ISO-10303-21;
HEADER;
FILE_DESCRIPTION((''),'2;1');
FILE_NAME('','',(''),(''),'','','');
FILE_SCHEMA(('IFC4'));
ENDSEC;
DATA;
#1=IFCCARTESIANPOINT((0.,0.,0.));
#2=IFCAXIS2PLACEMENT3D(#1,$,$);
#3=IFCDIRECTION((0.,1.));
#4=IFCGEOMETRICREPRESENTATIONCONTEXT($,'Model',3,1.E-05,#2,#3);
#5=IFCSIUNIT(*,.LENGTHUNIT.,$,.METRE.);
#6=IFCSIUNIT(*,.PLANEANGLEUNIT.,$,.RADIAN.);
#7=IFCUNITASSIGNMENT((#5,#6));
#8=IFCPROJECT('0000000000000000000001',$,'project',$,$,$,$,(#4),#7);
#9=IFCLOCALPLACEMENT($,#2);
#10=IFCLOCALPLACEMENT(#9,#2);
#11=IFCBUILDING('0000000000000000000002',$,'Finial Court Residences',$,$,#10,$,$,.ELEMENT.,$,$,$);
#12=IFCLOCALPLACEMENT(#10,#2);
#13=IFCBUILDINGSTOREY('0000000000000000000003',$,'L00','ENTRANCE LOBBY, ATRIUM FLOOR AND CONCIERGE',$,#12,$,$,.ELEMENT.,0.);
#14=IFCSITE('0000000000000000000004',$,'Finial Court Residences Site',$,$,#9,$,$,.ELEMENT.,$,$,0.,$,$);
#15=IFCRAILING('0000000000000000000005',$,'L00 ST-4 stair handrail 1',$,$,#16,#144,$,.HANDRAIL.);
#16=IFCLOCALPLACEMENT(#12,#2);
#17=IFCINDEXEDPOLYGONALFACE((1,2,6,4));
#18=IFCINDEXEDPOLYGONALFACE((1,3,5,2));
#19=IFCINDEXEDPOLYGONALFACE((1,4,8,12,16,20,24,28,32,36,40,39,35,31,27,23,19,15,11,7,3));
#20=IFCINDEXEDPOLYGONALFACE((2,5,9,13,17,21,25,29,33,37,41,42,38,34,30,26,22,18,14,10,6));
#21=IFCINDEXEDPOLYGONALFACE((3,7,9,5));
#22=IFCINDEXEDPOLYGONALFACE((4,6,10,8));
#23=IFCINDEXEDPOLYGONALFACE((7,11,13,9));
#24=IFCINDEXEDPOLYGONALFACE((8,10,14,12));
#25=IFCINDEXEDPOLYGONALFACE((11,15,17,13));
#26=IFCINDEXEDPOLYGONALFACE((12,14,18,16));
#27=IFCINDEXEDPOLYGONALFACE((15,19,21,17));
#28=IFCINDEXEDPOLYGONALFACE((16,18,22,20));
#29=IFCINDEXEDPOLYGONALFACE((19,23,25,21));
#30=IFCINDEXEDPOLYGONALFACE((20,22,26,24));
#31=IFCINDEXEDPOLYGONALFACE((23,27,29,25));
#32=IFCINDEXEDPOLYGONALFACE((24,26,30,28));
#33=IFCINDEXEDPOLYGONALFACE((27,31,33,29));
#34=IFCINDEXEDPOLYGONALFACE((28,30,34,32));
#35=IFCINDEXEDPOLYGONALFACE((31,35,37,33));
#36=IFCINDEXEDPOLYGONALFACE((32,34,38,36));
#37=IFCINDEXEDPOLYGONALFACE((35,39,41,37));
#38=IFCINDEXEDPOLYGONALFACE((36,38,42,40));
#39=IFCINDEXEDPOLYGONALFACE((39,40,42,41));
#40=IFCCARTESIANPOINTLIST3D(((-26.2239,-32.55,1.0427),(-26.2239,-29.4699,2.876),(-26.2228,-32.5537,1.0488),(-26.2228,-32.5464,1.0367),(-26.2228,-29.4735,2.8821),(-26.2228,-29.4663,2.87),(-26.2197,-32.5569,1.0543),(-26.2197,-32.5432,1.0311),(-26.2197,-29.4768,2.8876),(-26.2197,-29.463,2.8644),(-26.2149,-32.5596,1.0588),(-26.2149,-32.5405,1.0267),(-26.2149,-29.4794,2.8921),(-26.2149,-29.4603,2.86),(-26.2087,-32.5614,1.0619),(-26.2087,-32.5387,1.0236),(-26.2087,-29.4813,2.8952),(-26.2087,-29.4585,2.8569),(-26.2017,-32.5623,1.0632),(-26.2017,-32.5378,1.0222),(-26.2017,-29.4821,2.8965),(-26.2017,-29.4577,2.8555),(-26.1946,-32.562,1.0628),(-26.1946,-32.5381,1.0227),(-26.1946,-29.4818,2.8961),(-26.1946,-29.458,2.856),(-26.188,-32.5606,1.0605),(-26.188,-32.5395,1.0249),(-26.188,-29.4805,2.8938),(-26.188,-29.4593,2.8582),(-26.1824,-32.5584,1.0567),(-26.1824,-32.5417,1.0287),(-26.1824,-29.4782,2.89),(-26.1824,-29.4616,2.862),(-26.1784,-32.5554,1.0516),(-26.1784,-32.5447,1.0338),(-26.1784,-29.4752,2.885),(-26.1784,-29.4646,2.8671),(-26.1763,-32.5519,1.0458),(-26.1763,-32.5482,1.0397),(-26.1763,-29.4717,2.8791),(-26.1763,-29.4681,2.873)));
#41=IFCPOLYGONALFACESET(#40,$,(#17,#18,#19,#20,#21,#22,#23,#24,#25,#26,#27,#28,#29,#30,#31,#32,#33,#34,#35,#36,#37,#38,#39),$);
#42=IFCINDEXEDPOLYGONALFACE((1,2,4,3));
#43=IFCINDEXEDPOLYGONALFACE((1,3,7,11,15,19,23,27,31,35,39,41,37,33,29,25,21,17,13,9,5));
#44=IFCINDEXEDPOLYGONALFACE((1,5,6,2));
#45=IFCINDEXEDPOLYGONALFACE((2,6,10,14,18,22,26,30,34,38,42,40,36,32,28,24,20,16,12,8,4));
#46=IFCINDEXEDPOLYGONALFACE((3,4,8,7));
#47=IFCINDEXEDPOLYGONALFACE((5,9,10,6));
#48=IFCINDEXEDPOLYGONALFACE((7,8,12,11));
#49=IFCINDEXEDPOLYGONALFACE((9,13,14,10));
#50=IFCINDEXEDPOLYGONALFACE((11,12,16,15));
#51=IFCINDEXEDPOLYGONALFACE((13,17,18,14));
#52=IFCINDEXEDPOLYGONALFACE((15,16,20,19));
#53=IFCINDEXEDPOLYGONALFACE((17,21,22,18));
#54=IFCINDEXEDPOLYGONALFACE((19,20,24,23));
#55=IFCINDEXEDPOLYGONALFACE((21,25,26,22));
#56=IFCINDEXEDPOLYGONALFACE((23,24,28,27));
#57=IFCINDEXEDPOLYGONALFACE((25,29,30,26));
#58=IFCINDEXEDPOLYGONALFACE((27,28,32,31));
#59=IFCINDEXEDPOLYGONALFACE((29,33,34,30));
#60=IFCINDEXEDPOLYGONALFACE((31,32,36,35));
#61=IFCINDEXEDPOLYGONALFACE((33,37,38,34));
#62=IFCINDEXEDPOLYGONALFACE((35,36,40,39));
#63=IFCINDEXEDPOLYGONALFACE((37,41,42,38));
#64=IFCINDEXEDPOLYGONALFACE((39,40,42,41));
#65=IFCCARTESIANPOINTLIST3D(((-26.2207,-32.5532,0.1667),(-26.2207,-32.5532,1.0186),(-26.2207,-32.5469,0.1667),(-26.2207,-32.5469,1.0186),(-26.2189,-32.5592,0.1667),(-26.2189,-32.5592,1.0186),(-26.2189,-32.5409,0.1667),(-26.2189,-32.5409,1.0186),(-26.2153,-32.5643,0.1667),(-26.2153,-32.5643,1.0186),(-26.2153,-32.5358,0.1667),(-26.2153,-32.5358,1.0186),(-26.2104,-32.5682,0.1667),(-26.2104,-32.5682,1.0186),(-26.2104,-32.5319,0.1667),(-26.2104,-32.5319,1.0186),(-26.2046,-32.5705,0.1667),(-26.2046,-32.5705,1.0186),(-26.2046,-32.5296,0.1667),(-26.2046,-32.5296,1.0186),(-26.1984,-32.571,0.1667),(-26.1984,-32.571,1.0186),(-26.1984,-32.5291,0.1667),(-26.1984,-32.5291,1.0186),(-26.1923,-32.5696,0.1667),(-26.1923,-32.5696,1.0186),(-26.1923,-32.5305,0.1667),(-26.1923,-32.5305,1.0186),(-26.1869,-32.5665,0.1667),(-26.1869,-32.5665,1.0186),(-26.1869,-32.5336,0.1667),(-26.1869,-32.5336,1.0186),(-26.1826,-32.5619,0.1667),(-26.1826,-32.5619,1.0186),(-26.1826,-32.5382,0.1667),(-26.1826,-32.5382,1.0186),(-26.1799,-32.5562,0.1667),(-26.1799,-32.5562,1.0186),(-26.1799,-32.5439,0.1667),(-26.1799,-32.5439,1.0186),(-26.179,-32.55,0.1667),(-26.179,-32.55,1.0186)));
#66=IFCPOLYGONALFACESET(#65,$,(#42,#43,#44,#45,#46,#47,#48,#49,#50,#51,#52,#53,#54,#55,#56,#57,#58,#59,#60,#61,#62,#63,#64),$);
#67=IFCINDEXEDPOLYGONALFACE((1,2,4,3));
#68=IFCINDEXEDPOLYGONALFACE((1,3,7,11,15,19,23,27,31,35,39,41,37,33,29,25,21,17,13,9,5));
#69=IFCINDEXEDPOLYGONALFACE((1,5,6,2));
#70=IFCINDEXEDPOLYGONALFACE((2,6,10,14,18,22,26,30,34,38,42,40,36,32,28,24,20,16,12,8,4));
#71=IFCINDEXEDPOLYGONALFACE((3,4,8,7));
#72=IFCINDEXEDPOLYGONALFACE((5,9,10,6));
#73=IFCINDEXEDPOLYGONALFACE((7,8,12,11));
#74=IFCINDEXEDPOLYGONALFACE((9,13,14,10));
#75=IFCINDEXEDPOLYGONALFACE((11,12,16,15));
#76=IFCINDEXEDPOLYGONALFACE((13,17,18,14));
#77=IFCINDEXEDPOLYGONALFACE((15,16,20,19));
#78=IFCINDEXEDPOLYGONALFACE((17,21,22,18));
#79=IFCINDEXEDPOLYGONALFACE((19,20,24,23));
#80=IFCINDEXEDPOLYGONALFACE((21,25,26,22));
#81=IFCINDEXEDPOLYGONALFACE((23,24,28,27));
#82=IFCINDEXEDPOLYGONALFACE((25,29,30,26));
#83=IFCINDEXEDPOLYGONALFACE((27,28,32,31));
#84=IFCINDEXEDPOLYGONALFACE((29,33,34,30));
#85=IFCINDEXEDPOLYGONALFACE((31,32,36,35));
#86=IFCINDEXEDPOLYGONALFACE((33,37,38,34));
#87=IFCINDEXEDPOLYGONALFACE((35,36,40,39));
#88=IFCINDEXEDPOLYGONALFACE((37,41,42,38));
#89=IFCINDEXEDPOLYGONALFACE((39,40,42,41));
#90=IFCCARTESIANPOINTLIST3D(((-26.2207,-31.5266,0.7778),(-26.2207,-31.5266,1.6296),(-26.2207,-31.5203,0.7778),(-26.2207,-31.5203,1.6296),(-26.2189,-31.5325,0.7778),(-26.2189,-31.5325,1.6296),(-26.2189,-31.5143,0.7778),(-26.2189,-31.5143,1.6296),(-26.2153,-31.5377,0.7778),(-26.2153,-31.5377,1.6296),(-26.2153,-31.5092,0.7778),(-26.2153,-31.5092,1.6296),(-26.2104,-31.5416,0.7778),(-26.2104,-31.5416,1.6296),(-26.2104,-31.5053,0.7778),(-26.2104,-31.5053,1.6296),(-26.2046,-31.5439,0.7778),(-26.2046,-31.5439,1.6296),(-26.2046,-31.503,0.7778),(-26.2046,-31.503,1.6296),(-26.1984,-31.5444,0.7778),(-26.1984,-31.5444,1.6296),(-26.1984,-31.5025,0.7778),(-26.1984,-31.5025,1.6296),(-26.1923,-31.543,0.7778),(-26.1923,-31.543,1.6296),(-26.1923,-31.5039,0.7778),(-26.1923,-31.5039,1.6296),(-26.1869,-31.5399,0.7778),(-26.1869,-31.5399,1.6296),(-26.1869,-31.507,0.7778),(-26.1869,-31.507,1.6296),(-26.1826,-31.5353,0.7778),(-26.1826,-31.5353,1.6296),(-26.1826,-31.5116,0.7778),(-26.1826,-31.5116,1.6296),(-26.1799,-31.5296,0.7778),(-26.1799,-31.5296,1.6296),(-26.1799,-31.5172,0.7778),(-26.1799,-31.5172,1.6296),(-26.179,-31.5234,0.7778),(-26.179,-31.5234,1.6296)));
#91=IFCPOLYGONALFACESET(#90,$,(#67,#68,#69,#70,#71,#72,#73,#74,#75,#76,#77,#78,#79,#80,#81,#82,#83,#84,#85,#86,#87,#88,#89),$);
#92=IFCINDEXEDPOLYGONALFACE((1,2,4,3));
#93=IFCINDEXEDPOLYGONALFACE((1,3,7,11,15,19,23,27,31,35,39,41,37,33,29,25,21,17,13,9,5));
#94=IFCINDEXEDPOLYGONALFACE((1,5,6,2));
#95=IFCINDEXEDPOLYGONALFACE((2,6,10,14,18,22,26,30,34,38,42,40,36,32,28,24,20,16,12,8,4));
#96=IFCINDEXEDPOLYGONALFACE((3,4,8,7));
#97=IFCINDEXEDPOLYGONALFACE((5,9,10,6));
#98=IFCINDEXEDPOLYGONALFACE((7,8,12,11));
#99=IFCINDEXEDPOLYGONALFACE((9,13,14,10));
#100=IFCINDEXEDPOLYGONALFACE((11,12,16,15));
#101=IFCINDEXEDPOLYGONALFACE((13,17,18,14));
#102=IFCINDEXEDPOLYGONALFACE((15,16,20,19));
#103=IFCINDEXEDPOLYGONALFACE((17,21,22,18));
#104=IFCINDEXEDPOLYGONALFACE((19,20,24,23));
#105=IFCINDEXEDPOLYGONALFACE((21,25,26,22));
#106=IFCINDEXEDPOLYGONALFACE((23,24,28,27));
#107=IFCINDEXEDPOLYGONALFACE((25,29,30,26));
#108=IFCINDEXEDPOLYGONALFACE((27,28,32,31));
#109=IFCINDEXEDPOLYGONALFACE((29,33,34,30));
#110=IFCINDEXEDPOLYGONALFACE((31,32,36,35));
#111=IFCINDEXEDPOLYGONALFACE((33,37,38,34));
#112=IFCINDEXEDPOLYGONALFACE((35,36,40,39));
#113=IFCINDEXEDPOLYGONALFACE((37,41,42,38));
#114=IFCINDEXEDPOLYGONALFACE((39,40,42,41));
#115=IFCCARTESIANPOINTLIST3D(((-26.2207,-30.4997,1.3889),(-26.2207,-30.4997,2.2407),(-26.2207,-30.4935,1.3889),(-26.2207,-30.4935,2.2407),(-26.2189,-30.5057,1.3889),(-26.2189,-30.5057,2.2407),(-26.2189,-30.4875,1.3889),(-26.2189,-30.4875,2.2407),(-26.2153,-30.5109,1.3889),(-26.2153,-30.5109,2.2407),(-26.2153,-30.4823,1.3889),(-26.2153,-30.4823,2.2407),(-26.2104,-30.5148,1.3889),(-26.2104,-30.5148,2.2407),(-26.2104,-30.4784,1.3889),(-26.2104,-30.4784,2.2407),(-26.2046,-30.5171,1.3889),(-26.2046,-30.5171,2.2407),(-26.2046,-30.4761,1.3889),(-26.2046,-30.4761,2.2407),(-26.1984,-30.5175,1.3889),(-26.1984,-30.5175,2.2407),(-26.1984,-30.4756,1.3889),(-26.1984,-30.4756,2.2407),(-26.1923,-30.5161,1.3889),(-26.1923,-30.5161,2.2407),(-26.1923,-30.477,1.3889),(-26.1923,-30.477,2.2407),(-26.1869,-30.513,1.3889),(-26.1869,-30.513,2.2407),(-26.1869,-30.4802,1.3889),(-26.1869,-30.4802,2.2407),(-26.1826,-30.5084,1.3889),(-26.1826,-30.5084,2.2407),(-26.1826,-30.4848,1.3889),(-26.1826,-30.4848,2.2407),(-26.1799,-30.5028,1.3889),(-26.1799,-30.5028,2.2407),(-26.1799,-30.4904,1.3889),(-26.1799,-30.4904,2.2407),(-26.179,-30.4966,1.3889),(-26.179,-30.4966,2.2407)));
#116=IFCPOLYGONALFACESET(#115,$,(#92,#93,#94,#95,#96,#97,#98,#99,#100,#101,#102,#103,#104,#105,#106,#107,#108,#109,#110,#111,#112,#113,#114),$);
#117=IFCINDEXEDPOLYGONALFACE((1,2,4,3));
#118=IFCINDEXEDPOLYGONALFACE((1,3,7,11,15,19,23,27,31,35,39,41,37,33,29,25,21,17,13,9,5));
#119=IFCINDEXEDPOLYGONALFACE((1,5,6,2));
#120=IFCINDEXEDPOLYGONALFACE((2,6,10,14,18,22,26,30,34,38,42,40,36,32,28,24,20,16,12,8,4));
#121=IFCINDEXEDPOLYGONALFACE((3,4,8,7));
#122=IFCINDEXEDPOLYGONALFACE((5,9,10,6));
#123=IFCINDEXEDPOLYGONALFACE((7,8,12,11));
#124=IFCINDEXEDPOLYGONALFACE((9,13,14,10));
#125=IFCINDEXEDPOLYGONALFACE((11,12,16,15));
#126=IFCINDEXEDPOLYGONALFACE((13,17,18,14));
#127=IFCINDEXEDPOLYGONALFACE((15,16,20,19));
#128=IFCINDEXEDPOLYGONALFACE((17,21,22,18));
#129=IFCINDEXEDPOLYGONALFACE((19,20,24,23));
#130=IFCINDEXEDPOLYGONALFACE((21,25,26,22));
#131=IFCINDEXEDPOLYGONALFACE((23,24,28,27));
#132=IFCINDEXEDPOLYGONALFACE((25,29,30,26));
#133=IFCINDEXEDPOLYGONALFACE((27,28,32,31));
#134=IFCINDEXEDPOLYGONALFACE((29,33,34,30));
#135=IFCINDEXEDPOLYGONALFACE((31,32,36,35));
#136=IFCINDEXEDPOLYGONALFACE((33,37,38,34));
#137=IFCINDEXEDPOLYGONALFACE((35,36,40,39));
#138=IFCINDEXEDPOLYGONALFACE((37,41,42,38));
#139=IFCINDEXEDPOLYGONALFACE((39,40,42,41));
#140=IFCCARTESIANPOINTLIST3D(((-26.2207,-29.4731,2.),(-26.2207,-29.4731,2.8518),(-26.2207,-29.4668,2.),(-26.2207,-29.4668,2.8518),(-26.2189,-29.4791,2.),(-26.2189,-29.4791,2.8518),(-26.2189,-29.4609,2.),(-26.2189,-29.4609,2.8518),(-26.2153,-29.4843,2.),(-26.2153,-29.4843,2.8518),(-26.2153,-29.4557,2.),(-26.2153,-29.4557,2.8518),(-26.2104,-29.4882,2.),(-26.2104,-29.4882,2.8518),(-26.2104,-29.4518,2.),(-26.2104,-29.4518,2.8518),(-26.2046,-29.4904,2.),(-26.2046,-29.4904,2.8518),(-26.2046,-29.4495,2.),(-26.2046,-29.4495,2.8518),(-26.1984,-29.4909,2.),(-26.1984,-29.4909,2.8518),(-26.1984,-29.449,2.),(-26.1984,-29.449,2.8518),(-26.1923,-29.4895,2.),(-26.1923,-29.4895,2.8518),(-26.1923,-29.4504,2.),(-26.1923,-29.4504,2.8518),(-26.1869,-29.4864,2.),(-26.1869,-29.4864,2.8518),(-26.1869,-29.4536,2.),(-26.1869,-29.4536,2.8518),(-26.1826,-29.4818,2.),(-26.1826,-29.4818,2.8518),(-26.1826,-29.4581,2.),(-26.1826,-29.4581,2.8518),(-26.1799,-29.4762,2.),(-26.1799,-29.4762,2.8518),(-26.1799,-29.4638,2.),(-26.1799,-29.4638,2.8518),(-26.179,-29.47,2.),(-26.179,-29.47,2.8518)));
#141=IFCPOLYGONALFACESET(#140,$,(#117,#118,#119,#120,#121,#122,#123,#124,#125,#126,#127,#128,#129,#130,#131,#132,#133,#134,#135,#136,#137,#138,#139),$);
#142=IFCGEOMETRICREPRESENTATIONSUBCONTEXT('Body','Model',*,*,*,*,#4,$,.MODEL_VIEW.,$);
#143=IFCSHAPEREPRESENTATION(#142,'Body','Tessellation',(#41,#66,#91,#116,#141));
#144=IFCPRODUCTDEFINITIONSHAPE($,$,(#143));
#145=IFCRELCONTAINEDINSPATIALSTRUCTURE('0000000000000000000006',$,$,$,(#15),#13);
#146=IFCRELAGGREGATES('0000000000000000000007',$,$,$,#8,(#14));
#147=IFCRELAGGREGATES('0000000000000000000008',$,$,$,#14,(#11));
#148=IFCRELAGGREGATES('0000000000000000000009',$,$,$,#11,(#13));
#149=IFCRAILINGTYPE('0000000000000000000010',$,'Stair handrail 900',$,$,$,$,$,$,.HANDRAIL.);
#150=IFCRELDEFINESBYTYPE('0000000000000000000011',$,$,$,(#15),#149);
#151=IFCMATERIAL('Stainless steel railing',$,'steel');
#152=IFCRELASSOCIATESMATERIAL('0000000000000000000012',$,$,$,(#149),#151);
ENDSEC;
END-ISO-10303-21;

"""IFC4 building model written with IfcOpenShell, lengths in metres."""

from ifc_helpers import new_model, si_unit, direction, frame, origin, origin_2d, place, context, subcontext, project, spatial, circle, extrude, material, type_object, element, save


model = new_model("IFC4")

# Units and contexts
model_context = context("Model", 3, precision=1e-05, world=origin(), true_north=direction((0.0, 1.0)))
body_context = subcontext(model_context, "Body", "Model", "MODEL_VIEW")
ifc_project = project(units=[si_unit("LENGTHUNIT", "METRE"), si_unit("PLANEANGLEUNIT", "RADIAN")], contexts=[model_context])

# Site, building, storey
site_placement = place(None, origin())
site = spatial("IfcSite", under=ifc_project, at=site_placement, Name="Finial Court Residences Site", CompositionType="ELEMENT", RefElevation=0.0)
building_placement = place(site_placement, origin())
building = spatial("IfcBuilding", under=site, at=building_placement, Name="Finial Court Residences", CompositionType="ELEMENT")
storey_placement = place(building_placement, origin())
storey = spatial("IfcBuildingStorey", under=building, at=storey_placement, Name="L00", Description="ENTRANCE LOBBY, ATRIUM FLOOR AND CONCIERGE", CompositionType="ELEMENT", Elevation=0.0)

# Railing
ifc_material_1 = material(Name="Stainless steel railing", Category="steel")
railing_type = type_object("IfcRailingType", Name="Stair handrail 900", PredefinedType="HANDRAIL", material=ifc_material_1)
for number, where, name in (
    (1, (-26.2, -32.55, 0.1667), "L00 ST-4 stair handrail 1"),
):
    element("IfcRailing", number, at=place(storey_placement, frame(where)), inside=storey, type_object=railing_type, Name=name, PredefinedType="HANDRAIL", context=body_context, shape_type="SweptSolid", body=[
        extrude(circle(Radius=0.0239, at=origin_2d()), frame((0.0, 0.0, 0.876), z_axis=(0.0, 0.859309, 0.511458), x_axis=(-1.0, 0.0, 0.0)), (0.0, 0.0, 1.0), 3.5845),
        extrude(circle(Radius=0.021, at=origin_2d()), origin(), (0.0, 0.0, 1.0), 0.8518),
        extrude(circle(Radius=0.021, at=origin_2d()), frame((0.0, 1.0266, 0.6111)), (0.0, 0.0, 1.0), 0.8518),
        extrude(circle(Radius=0.021, at=origin_2d()), frame((0.0, 2.0535, 1.2222)), (0.0, 0.0, 1.0), 0.8518),
        extrude(circle(Radius=0.021, at=origin_2d()), frame((0.0, 3.0801, 1.8333)), (0.0, 0.0, 1.0), 0.8518),
    ])

save(model, "model.ifc")
